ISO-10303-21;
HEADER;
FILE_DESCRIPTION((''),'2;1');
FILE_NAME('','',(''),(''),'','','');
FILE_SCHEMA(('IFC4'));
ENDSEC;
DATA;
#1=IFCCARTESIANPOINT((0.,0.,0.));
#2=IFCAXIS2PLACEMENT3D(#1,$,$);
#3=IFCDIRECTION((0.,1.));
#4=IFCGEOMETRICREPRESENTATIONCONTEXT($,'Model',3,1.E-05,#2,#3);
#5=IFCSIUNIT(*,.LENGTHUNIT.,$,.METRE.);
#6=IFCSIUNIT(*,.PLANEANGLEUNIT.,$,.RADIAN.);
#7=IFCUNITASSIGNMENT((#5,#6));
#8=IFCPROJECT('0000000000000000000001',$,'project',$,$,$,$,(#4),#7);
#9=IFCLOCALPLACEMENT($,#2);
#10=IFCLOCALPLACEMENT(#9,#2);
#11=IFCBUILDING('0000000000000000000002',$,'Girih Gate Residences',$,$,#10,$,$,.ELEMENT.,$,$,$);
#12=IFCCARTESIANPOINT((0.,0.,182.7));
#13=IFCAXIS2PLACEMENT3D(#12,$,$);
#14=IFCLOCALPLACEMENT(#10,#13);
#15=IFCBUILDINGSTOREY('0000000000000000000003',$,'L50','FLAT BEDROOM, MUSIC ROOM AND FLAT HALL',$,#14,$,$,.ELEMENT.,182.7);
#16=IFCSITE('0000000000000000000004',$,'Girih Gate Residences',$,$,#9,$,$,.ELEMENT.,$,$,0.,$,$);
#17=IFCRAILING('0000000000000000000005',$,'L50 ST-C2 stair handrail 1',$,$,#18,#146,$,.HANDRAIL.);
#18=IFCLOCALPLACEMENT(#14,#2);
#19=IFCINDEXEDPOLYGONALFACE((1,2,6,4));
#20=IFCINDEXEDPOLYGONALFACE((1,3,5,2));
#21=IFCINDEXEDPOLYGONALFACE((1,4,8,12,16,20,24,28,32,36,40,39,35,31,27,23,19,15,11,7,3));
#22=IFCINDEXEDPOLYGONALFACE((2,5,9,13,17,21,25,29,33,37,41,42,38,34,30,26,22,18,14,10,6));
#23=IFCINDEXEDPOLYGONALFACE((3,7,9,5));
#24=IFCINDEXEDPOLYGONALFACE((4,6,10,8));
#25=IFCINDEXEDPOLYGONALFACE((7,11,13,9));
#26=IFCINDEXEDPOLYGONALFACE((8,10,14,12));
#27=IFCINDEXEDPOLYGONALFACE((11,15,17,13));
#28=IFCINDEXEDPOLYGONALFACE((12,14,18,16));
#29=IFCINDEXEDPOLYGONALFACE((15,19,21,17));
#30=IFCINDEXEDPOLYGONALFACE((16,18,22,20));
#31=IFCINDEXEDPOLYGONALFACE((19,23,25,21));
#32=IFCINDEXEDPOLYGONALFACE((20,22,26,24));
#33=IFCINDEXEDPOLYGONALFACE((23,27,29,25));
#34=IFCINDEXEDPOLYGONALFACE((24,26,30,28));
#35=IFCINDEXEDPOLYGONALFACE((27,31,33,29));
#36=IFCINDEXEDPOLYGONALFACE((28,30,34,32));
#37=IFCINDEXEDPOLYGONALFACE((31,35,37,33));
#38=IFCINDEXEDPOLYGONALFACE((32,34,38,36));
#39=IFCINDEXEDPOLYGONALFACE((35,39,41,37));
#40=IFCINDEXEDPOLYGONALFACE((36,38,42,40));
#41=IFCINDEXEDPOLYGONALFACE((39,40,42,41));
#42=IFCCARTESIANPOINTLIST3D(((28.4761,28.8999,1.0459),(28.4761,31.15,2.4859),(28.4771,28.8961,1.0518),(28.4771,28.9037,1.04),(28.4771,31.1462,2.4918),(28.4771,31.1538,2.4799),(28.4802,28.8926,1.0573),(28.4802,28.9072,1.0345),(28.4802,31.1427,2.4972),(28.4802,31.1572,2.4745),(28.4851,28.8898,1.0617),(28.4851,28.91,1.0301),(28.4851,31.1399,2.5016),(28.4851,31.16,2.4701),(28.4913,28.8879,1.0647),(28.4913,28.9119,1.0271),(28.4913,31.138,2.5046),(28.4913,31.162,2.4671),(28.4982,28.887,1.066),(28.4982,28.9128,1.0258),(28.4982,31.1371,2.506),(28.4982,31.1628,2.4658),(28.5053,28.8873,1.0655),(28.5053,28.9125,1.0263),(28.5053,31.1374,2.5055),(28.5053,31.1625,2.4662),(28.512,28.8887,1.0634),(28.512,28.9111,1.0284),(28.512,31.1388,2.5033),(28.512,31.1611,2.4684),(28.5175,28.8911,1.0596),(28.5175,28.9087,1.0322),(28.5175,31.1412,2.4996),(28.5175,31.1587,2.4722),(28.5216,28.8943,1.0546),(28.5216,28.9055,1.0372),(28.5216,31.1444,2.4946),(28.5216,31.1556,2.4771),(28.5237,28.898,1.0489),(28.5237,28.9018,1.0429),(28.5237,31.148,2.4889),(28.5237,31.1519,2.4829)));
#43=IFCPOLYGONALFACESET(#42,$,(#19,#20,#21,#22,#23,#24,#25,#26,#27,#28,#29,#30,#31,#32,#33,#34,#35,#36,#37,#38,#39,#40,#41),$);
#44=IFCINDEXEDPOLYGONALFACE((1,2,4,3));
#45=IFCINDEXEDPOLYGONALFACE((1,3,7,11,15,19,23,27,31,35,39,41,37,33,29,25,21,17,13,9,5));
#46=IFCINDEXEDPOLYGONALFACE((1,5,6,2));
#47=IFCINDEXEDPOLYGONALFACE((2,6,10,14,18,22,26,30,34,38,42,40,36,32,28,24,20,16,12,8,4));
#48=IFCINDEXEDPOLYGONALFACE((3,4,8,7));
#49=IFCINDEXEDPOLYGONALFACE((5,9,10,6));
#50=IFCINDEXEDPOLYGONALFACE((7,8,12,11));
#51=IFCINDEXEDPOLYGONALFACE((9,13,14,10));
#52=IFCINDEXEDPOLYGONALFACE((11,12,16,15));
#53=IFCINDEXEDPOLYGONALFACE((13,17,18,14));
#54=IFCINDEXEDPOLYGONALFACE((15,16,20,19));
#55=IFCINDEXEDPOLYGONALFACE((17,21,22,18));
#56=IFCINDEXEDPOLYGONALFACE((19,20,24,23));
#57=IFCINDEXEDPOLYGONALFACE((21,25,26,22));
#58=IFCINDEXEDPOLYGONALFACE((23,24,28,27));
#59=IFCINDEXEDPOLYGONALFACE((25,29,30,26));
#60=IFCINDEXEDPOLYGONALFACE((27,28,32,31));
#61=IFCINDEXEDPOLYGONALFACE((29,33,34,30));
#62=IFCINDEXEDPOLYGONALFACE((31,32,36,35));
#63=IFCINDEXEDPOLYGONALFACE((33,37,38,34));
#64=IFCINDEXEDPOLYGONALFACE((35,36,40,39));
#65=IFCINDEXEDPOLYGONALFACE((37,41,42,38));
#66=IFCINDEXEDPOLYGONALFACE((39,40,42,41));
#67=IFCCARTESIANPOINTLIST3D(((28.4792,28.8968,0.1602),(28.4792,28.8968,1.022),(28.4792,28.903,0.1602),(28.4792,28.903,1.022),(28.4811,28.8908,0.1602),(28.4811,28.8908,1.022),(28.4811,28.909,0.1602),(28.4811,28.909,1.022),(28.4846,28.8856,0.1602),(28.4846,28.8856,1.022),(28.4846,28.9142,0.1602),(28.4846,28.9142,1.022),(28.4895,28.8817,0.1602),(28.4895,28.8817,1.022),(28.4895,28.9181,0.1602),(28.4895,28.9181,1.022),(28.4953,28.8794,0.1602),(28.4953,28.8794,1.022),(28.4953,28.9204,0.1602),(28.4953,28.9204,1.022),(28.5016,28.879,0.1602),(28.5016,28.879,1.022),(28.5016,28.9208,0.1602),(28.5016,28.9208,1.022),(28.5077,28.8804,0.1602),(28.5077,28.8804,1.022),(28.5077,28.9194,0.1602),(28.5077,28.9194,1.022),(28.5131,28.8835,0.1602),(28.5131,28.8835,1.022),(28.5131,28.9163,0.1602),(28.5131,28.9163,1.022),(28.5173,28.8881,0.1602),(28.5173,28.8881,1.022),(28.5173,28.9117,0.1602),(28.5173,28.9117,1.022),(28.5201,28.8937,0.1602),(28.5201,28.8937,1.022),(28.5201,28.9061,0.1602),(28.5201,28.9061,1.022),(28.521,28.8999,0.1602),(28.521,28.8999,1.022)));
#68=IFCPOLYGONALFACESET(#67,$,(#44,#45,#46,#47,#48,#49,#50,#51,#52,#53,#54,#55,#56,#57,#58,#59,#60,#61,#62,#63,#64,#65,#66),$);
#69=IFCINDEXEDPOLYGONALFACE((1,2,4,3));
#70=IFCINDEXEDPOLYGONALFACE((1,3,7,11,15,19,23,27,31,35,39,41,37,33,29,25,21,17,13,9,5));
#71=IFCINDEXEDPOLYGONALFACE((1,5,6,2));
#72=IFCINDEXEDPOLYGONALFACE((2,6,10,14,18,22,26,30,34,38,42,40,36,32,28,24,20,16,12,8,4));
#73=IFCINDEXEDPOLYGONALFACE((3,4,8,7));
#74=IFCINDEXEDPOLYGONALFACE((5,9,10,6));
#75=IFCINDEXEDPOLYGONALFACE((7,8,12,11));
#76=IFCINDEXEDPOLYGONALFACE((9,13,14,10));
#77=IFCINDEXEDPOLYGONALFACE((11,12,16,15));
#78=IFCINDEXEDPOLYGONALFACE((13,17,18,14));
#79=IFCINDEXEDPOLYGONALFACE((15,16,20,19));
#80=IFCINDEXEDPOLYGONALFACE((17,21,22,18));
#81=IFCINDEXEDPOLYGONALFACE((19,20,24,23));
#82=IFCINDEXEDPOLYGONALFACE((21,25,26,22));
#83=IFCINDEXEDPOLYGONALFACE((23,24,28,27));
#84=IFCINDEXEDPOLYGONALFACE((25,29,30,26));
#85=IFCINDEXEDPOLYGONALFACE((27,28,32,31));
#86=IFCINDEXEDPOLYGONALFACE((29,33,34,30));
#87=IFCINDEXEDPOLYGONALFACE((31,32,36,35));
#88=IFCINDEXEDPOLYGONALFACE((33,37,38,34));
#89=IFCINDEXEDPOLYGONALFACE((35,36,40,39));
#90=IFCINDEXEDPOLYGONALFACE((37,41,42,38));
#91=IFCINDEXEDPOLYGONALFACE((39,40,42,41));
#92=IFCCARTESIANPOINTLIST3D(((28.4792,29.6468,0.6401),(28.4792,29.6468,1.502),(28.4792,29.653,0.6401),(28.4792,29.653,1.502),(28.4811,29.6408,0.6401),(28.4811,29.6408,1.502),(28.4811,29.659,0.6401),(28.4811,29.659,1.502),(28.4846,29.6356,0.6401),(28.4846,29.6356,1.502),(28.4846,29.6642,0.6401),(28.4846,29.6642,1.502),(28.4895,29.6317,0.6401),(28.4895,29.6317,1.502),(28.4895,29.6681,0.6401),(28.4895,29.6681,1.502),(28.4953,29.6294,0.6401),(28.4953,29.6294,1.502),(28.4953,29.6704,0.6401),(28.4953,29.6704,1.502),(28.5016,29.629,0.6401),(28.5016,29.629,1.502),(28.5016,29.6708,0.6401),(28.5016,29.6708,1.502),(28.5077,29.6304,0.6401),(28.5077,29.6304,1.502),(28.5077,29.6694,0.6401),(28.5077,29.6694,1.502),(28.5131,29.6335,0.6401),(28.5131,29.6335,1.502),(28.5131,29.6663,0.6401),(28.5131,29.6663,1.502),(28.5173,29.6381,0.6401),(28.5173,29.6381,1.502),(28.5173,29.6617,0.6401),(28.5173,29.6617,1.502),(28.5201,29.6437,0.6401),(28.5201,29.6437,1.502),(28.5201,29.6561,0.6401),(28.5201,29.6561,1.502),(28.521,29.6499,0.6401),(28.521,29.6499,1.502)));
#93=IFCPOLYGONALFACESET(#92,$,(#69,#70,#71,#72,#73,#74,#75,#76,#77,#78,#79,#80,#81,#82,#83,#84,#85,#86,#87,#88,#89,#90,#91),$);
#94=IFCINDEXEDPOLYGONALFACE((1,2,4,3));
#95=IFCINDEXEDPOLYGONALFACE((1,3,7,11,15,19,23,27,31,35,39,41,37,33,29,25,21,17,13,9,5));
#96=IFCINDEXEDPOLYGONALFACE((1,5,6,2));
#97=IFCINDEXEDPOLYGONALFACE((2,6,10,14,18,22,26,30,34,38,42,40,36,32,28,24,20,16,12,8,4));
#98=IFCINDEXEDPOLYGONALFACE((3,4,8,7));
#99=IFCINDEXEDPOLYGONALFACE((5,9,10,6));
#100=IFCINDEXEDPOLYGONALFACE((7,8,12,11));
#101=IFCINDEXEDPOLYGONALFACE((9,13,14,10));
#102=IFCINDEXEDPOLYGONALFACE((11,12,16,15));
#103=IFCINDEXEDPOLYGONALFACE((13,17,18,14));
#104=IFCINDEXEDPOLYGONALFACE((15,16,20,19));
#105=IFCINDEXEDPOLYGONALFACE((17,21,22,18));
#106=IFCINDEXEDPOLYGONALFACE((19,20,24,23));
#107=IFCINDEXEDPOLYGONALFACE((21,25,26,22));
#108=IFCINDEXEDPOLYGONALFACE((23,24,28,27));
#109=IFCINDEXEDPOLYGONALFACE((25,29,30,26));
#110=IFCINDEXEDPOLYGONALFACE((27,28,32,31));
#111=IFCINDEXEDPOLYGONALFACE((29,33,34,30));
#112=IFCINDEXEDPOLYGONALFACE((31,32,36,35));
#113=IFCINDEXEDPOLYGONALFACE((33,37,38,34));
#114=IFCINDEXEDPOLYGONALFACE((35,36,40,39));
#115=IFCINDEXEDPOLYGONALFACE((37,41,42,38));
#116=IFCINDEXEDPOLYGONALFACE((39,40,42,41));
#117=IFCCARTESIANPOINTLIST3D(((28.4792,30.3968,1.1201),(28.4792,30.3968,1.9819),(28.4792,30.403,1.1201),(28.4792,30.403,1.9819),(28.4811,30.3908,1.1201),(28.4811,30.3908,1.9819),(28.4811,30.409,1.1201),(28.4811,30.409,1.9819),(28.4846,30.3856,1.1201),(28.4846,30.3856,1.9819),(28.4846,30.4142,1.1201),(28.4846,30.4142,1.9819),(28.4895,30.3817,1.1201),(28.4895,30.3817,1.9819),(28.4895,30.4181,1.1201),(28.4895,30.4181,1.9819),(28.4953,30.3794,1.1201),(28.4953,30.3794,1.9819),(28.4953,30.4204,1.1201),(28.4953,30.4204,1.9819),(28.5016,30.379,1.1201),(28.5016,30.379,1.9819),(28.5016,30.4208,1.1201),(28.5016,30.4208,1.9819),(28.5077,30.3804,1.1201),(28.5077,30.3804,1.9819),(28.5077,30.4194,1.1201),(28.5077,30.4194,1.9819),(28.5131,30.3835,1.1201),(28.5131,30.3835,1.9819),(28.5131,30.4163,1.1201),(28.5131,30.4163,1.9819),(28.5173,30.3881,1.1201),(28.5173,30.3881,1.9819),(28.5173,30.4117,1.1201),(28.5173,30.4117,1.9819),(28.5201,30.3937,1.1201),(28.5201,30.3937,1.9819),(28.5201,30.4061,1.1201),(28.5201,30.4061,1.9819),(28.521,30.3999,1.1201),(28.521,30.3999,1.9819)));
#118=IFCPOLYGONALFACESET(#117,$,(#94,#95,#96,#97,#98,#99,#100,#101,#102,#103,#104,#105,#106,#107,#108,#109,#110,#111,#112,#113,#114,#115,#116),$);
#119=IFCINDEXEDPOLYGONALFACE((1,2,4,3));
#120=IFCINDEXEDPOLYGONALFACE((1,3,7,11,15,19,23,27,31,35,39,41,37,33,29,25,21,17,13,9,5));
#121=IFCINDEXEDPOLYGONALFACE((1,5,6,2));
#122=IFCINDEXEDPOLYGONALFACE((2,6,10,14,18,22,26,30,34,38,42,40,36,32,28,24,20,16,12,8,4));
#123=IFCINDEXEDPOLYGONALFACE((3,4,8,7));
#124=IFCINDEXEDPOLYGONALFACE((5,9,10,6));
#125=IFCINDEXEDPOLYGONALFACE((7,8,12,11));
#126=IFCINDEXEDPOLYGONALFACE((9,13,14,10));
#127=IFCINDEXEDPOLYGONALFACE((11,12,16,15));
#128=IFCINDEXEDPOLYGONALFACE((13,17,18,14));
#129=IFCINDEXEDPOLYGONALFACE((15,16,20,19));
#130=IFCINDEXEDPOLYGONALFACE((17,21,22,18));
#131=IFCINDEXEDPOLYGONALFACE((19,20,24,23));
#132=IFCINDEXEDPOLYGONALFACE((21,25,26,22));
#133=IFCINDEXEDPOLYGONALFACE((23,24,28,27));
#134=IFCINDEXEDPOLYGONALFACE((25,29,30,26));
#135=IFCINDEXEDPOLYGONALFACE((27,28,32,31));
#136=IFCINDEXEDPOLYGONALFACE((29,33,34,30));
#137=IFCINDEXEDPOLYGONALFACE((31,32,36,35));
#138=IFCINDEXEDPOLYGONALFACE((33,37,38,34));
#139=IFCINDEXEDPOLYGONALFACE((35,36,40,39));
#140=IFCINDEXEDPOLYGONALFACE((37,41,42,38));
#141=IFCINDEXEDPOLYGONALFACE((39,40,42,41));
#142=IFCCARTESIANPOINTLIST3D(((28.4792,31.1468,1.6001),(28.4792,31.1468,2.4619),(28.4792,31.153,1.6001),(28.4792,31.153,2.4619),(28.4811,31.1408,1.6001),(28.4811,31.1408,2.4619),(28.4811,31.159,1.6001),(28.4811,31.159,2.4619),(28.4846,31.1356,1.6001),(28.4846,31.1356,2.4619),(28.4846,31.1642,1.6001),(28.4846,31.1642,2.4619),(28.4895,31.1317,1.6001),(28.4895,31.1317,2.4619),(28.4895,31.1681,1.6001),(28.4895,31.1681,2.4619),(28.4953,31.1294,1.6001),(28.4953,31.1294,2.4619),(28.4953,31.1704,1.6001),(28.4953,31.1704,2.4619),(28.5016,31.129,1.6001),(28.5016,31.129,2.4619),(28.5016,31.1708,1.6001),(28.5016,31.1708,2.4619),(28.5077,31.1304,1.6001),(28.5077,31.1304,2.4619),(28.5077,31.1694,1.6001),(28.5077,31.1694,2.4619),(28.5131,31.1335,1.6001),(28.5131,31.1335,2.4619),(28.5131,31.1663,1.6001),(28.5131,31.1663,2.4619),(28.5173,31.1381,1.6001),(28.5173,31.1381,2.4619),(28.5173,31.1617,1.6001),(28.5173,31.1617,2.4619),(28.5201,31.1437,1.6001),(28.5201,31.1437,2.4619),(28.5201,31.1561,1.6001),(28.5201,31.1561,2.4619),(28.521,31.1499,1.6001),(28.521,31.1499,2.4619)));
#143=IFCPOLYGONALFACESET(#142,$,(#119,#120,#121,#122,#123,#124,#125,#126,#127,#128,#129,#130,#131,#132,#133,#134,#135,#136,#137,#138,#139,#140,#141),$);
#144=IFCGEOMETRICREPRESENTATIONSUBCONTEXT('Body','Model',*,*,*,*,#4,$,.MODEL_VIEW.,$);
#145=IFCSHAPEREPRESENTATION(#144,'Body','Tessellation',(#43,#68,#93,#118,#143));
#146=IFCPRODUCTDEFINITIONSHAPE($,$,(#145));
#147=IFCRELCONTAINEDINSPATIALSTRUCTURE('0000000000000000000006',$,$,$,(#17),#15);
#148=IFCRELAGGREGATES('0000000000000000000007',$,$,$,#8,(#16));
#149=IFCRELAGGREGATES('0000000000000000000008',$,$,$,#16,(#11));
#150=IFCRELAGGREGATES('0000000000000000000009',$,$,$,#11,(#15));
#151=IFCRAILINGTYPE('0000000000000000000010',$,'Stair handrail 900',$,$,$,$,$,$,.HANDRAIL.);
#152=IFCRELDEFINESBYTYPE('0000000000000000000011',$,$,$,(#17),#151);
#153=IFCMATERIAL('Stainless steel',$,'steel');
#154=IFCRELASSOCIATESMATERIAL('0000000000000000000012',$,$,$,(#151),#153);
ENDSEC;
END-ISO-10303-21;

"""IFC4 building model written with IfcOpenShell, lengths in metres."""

from ifc_helpers import new_model, si_unit, direction, frame, origin, origin_2d, place, context, subcontext, project, spatial, circle, extrude, material, type_object, element, save


model = new_model("IFC4")

# Units and contexts
model_context = context("Model", 3, precision=1e-05, world=origin(), true_north=direction((0.0, 1.0)))
body_context = subcontext(model_context, "Body", "Model", "MODEL_VIEW")
ifc_project = project(units=[si_unit("LENGTHUNIT", "METRE"), si_unit("PLANEANGLEUNIT", "RADIAN")], contexts=[model_context])

# Site, building, storey
site_placement = place(None, origin())
site = spatial("IfcSite", under=ifc_project, at=site_placement, Name="Girih Gate Residences", CompositionType="ELEMENT", RefElevation=0.0)
building_placement = place(site_placement, origin())
building = spatial("IfcBuilding", under=site, at=building_placement, Name="Girih Gate Residences", CompositionType="ELEMENT")
storey_placement = place(building_placement, frame((0.0, 0.0, 182.7)))
storey = spatial("IfcBuildingStorey", under=building, at=storey_placement, Name="L50", Description="FLAT BEDROOM, MUSIC ROOM AND FLAT HALL", CompositionType="ELEMENT", Elevation=182.7)

# Railing
ifc_material_1 = material(Name="Stainless steel", Category="steel")
railing_type_1 = type_object("IfcRailingType", Name="Stair handrail 900", PredefinedType="HANDRAIL", material=ifc_material_1)
railing_1_placement = place(storey_placement, frame((28.5, 28.8999, 0.1602)))
element("IfcRailing", 1, at=railing_1_placement, inside=storey, type_object=railing_type_1, Name="L50 ST-C2 stair handrail 1", PredefinedType="HANDRAIL", context=body_context, shape_type="SweptSolid", body=[
    extrude(circle(Radius=0.0239, at=origin_2d()), frame((0.0, 0.0, 0.8857), z_axis=(0.0, 0.842281, 0.539038), x_axis=(-1.0, 0.0, 0.0)), (0.0, 0.0, 1.0), 2.6714),
    extrude(circle(Radius=0.021, at=origin_2d()), origin(), (0.0, 0.0, 1.0), 0.8618),
    extrude(circle(Radius=0.021, at=origin_2d()), frame((0.0, 0.75, 0.48)), (0.0, 0.0, 1.0), 0.8618),
    extrude(circle(Radius=0.021, at=origin_2d()), frame((0.0, 1.5, 0.96)), (0.0, 0.0, 1.0), 0.8618),
    extrude(circle(Radius=0.021, at=origin_2d()), frame((0.0, 2.25, 1.4399)), (0.0, 0.0, 1.0), 0.8618),
])

save(model, "model.ifc")
